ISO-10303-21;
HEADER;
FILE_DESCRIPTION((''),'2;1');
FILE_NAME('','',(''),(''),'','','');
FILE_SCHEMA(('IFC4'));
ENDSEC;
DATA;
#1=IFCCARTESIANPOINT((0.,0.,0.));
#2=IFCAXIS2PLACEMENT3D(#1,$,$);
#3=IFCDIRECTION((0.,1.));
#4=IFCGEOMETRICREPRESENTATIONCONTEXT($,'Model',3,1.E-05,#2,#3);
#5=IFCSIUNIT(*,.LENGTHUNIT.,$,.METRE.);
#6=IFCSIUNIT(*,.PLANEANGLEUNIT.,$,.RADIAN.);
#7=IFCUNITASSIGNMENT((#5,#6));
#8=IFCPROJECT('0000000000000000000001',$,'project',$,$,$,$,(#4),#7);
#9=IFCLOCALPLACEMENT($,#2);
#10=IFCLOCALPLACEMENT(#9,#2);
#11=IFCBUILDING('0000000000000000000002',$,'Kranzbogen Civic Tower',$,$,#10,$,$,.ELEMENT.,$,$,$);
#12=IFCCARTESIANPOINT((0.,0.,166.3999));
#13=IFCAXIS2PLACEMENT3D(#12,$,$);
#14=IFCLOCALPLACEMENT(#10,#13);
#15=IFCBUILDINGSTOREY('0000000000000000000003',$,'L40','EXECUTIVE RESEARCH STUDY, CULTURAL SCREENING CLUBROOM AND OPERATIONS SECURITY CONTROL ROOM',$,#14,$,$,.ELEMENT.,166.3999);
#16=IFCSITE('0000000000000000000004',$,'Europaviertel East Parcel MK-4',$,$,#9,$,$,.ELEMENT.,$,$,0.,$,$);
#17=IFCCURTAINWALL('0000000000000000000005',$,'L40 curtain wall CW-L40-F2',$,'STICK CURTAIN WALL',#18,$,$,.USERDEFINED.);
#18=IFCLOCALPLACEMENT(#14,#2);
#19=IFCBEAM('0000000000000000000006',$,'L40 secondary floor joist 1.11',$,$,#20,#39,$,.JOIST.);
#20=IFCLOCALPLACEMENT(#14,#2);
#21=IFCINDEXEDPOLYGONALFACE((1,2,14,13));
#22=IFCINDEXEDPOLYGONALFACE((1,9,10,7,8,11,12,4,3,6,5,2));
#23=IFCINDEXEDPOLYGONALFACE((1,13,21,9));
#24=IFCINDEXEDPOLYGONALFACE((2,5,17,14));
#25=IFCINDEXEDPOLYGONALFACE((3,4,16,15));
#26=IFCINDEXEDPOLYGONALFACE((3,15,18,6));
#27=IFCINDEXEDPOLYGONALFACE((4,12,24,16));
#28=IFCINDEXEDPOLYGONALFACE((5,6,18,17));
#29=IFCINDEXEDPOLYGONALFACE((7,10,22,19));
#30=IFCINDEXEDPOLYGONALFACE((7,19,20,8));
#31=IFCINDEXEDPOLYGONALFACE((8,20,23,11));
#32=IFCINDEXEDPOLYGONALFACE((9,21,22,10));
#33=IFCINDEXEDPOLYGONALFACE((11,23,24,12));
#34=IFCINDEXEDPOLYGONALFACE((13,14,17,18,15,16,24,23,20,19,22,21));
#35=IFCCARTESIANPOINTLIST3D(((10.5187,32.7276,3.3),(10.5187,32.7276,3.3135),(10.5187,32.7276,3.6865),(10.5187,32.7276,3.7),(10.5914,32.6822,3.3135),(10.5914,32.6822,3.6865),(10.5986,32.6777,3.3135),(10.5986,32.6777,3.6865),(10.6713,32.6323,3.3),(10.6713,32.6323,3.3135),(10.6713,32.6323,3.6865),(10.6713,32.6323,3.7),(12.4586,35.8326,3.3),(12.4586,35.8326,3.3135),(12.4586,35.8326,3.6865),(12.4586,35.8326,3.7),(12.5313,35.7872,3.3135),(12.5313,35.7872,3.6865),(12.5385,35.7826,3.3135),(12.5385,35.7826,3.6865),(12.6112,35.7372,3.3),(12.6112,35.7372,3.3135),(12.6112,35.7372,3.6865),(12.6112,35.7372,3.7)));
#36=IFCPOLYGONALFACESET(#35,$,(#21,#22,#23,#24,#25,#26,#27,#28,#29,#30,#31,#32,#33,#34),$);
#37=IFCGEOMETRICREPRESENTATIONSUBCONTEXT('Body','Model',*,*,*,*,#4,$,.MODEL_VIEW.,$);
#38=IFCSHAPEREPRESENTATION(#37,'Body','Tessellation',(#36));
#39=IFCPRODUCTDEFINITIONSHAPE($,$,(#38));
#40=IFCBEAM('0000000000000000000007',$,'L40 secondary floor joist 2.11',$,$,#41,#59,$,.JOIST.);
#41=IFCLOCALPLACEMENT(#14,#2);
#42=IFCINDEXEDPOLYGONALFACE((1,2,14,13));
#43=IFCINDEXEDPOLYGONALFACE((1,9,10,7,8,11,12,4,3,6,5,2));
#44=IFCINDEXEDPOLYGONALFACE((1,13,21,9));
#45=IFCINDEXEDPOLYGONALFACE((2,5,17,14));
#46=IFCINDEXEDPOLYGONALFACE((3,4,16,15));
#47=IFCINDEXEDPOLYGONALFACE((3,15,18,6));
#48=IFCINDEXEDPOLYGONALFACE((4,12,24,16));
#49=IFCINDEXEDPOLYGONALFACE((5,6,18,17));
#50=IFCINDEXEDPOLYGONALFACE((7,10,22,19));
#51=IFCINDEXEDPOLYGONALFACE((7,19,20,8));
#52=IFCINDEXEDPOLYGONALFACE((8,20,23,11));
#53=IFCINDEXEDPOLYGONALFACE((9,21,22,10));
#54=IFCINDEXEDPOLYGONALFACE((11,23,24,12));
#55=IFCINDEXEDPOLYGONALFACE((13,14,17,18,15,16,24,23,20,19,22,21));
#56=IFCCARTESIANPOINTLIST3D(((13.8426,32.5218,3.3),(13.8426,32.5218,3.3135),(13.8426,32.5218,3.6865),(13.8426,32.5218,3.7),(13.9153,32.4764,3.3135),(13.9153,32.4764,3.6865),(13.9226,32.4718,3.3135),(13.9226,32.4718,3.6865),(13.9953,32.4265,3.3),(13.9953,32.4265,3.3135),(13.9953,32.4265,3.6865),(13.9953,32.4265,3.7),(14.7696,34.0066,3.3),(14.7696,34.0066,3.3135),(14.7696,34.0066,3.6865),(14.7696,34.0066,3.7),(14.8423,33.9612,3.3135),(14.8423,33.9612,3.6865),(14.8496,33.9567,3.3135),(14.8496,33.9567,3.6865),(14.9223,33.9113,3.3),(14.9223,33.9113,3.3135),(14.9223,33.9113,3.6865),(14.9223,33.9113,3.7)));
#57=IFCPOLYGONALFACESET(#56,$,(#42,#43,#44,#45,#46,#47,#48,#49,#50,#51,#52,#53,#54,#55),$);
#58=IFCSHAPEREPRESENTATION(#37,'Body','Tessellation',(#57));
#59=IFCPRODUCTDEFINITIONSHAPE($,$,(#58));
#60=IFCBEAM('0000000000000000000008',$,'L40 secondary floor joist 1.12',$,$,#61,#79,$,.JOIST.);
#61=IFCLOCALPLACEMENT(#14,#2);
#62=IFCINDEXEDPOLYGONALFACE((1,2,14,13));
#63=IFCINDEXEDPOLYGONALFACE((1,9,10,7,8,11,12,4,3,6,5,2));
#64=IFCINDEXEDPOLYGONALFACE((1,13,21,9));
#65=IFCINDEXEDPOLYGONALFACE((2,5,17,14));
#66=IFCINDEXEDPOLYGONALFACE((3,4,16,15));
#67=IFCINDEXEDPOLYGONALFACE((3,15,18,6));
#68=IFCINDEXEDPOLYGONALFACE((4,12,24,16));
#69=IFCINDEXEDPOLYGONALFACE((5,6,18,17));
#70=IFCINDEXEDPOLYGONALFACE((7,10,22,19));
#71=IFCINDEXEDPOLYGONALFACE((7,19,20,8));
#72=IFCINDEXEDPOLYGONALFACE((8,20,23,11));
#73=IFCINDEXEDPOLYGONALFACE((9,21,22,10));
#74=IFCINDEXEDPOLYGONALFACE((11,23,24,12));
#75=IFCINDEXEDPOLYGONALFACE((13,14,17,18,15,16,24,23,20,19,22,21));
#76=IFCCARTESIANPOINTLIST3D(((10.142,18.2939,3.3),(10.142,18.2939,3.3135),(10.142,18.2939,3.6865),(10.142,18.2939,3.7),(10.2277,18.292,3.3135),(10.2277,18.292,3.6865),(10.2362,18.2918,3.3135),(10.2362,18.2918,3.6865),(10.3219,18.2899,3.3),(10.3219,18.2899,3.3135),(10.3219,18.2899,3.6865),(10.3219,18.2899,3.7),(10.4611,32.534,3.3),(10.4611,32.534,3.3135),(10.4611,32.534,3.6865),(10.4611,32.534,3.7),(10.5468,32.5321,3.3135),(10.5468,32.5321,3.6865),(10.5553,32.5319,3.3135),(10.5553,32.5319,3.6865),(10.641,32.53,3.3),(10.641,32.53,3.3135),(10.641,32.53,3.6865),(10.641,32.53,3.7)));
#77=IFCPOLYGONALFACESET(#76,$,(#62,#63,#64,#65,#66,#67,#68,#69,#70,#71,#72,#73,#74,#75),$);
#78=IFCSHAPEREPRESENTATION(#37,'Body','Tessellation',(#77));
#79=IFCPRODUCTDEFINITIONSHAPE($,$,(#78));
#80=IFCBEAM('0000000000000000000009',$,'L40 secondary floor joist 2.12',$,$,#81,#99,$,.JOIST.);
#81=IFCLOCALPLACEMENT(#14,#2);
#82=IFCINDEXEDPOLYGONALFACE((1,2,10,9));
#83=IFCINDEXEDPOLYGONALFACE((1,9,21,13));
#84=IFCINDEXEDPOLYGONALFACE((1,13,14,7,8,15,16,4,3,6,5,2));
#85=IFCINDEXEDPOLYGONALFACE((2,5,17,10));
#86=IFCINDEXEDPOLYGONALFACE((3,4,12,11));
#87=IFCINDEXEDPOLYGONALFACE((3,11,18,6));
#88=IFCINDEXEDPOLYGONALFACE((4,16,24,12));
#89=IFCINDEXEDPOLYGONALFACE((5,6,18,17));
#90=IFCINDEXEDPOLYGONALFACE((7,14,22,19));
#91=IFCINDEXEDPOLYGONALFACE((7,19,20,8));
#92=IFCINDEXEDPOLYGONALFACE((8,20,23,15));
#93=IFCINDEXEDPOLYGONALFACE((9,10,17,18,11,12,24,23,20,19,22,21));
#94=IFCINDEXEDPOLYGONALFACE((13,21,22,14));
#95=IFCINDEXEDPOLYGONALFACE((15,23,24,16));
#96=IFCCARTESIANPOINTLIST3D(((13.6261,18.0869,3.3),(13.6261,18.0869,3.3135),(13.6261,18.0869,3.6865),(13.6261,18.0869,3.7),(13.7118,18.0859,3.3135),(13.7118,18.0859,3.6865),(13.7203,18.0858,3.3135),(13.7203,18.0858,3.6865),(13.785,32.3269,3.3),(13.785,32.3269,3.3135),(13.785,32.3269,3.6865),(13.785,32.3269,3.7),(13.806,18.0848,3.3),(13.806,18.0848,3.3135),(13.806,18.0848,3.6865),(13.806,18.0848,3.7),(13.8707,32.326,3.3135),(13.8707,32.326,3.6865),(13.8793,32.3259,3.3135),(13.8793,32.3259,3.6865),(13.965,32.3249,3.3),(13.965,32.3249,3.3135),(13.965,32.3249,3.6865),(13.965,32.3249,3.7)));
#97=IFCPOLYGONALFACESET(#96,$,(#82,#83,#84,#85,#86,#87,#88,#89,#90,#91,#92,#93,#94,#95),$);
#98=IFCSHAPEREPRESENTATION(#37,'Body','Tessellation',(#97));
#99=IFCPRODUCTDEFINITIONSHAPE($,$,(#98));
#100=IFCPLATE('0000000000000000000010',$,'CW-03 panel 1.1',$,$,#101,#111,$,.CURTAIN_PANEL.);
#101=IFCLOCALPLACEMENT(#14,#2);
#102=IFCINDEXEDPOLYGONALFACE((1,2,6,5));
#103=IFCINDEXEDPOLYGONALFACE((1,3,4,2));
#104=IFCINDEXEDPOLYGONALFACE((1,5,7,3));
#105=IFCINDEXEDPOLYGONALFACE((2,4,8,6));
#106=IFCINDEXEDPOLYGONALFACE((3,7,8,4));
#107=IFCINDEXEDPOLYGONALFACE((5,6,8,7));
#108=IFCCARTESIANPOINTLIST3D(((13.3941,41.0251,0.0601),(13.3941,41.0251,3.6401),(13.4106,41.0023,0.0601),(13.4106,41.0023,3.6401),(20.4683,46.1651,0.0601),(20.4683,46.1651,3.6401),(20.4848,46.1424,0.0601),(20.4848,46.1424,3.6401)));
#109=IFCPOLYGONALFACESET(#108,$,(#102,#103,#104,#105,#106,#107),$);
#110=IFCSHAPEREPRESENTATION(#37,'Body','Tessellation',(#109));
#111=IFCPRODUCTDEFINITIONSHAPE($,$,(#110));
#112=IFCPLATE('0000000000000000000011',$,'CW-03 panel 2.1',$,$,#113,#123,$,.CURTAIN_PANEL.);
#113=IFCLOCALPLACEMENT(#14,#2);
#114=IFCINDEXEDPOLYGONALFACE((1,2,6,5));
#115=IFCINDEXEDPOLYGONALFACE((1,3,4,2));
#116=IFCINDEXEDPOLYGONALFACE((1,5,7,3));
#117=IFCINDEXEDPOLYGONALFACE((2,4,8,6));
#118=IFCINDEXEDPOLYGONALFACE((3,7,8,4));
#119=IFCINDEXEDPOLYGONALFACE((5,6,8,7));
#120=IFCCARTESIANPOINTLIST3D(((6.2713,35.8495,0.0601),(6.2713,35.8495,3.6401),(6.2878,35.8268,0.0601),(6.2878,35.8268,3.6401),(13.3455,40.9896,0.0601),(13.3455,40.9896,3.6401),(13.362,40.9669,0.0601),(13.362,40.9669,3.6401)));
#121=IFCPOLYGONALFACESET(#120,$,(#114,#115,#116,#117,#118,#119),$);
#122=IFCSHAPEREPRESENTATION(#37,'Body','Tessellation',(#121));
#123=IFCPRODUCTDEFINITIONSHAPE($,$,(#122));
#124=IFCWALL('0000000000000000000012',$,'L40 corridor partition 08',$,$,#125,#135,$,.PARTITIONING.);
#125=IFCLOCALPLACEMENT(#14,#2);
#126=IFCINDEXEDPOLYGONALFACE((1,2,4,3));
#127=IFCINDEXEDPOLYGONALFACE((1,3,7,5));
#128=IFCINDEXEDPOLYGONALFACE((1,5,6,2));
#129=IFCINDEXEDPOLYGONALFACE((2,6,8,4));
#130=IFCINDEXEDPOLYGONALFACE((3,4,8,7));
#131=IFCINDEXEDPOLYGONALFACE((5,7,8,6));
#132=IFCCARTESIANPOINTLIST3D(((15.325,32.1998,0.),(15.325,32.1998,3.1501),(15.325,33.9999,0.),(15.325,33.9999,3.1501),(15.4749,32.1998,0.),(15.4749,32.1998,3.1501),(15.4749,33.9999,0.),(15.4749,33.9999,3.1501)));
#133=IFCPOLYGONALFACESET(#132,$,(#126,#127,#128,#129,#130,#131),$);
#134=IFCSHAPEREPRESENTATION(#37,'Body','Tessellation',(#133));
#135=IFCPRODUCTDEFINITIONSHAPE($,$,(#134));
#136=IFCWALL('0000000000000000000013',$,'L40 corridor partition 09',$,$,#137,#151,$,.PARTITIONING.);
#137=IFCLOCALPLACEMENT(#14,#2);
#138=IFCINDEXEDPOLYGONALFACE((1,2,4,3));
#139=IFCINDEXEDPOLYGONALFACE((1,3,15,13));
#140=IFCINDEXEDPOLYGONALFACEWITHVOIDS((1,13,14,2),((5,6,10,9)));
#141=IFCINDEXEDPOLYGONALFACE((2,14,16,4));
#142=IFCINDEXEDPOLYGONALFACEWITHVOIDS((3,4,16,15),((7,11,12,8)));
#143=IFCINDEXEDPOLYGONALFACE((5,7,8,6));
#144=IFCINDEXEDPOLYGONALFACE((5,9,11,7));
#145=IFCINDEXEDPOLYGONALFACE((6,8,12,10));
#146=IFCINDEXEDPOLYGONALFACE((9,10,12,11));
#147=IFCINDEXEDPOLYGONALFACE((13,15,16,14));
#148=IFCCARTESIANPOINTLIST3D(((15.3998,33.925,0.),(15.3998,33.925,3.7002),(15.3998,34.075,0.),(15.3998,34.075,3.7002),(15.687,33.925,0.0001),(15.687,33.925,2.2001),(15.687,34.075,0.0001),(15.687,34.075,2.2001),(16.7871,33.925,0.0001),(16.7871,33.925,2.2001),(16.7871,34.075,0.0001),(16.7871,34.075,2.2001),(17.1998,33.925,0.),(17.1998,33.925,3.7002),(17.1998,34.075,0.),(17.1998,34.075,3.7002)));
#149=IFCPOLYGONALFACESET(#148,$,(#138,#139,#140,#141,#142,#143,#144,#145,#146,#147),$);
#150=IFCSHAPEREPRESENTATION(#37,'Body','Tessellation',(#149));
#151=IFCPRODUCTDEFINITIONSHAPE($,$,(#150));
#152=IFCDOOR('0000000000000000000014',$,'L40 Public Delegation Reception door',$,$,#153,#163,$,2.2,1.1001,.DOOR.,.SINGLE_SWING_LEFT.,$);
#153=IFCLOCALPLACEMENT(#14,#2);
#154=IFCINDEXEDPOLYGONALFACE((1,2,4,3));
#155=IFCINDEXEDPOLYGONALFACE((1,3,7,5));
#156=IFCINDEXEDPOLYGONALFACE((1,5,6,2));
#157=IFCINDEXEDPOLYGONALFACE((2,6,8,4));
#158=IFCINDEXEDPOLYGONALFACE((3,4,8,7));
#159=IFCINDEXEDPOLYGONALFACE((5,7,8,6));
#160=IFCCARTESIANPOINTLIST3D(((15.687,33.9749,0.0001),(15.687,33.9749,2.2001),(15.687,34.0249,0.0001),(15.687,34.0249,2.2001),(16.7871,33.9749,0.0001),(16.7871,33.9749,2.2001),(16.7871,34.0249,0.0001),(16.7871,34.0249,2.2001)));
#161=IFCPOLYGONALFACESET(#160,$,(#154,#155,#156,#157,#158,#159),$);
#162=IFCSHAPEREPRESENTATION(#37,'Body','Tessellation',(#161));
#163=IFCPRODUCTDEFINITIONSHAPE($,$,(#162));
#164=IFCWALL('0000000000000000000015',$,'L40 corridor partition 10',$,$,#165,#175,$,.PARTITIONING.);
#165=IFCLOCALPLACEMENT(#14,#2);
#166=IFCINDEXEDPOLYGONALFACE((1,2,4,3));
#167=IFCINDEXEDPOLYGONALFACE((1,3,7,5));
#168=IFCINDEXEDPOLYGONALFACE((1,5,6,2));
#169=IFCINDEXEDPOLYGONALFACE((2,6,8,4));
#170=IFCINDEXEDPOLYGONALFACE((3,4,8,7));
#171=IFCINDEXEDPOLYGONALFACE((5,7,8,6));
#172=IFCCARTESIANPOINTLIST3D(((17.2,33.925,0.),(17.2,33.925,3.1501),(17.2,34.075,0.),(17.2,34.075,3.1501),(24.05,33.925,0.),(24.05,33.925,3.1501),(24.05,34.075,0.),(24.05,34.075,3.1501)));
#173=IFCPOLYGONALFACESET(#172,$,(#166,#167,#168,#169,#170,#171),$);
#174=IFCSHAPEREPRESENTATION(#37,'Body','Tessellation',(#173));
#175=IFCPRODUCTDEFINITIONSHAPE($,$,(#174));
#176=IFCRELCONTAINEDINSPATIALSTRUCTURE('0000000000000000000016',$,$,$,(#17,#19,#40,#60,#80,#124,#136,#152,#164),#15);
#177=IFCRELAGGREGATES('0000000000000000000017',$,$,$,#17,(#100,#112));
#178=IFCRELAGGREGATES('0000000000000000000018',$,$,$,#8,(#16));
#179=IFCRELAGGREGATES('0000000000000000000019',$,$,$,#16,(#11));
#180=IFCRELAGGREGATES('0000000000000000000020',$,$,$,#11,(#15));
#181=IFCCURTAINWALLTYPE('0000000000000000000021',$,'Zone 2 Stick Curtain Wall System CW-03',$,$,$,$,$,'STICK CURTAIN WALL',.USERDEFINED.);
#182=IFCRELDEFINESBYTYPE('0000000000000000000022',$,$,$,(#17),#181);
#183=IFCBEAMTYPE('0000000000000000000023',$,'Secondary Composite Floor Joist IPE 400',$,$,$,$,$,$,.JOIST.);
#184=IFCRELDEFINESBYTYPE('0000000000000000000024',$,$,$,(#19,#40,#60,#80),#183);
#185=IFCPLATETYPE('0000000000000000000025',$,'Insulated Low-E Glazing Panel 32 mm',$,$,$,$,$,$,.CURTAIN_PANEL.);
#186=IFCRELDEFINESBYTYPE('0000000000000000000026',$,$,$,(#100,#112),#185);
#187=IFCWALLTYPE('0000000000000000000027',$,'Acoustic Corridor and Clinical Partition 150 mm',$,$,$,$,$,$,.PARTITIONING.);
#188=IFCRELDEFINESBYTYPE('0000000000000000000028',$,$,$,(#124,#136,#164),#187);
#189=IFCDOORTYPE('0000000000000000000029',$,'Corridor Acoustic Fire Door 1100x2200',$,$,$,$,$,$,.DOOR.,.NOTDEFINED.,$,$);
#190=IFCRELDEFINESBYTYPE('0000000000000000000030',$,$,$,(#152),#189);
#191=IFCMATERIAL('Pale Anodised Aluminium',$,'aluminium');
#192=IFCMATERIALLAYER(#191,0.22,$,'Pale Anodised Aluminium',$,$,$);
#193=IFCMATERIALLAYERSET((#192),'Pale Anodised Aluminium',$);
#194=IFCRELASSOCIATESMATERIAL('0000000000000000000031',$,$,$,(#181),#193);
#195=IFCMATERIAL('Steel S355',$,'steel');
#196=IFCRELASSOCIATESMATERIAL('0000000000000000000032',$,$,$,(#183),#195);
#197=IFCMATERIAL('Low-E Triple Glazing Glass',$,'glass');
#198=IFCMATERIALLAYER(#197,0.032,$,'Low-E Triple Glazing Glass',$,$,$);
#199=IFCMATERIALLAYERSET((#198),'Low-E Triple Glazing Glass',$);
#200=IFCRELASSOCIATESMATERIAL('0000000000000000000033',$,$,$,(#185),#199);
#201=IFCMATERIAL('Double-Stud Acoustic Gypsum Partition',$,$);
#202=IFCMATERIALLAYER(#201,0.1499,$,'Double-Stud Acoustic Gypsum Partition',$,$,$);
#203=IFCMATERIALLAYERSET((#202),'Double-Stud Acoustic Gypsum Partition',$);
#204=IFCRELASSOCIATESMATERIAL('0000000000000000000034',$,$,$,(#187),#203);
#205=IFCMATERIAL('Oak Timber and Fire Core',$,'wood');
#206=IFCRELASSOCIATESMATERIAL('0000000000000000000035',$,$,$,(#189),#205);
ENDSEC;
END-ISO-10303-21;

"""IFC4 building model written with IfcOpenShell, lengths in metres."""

from ifc_helpers import new_model, si_unit, direction, frame, frame_2d, origin, origin_2d, place, context, subcontext, project, spatial, rectangle, i_section, extrude, material, layer, layer_set, material_profile, profile_set, type_object, element, fill, aggregate, save


model = new_model("IFC4")

# Units and contexts
model_context = context("Model", 3, precision=1e-05, world=origin(), true_north=direction((0.0, 1.0)))
body_context = subcontext(model_context, "Body", "Model", "MODEL_VIEW")
ifc_project = project(units=[si_unit("LENGTHUNIT", "METRE"), si_unit("PLANEANGLEUNIT", "RADIAN")], contexts=[model_context])

# Site, building, storey
site_placement = place(None, origin())
site = spatial("IfcSite", under=ifc_project, at=site_placement, Name="Europaviertel East Parcel MK-4", CompositionType="ELEMENT", RefElevation=0.0)
building_placement = place(site_placement, origin())
building = spatial("IfcBuilding", under=site, at=building_placement, Name="Kranzbogen Civic Tower", CompositionType="ELEMENT")
storey_placement = place(building_placement, frame((0.0, 0.0, 166.3999)))
storey = spatial("IfcBuildingStorey", under=building, at=storey_placement, Name="L40", Description="EXECUTIVE RESEARCH STUDY, CULTURAL SCREENING CLUBROOM AND OPERATIONS SECURITY CONTROL ROOM", CompositionType="ELEMENT", Elevation=166.3999)

# Shared definitions
ifc_material_1 = material(Name="Steel S355", Category="steel")

# Curtain wall
ifc_material_2 = material(Name="Pale Anodised Aluminium", Category="aluminium")
ifc_layer_1 = layer(ifc_material_2, 0.22, Name="Pale Anodised Aluminium")
ifc_layer_set_1 = layer_set([ifc_layer_1], Name="Pale Anodised Aluminium")
curtain_wall_type = type_object("IfcCurtainWallType", Name="Zone 2 Stick Curtain Wall System CW-03", ElementType="STICK CURTAIN WALL", PredefinedType="USERDEFINED", material=ifc_layer_set_1)
curtain_wall_placement = place(storey_placement, origin())
curtain_wall = element("IfcCurtainWall", 1, at=curtain_wall_placement, inside=storey, type_object=curtain_wall_type, Name="L40 curtain wall CW-L40-F2", ObjectType="STICK CURTAIN WALL", PredefinedType="USERDEFINED")

# Beams
ifc_material_profile_1 = material_profile(ifc_material_1, i_section(OverallWidth=0.1799, OverallDepth=0.3999, WebThickness=0.0085, FlangeThickness=0.0134, at=origin_2d()), Name="IPE 400")
ifc_profile_set_1 = profile_set([ifc_material_profile_1], Name="Steel S355")
beam_type_1 = type_object("IfcBeamType", Name="Secondary Composite Floor Joist IPE 400", PredefinedType="JOIST", material=ifc_profile_set_1)
beam_1_placement = place(storey_placement, frame((12.5349, 35.7849, 3.5), z_axis=(-0.529867, -0.848081, 0.0), x_axis=(0.848081, -0.529867, 0.0)))
element("IfcBeam", 2, at=beam_1_placement, inside=storey, type_object=beam_type_1, Name="L40 secondary floor joist 1.11", PredefinedType="JOIST", context=body_context, shape_type="SweptSolid", body=[
    extrude(i_section(OverallWidth=0.1799, OverallDepth=0.3999, WebThickness=0.0085, FlangeThickness=0.0134, at=origin_2d()), origin(), (0.0, 0.0, 1.0), 3.6611),
])
beam_2_placement = place(storey_placement, frame((14.8459, 33.959, 3.5), z_axis=(-0.529573, -0.848265, 0.0), x_axis=(0.848265, -0.529573, 0.0)))
element("IfcBeam", 3, at=beam_2_placement, inside=storey, type_object=beam_type_1, Name="L40 secondary floor joist 2.11", PredefinedType="JOIST", context=body_context, shape_type="SweptSolid", body=[
    extrude(i_section(OverallWidth=0.1799, OverallDepth=0.3999, WebThickness=0.0085, FlangeThickness=0.0134, at=origin_2d()), origin(), (0.0, 0.0, 1.0), 1.7505),
])
beam_3_placement = place(storey_placement, frame((10.551, 32.532, 3.5), z_axis=(-0.022403, -0.999749, 0.0), x_axis=(0.999749, -0.022403, 0.0)))
element("IfcBeam", 4, at=beam_3_placement, inside=storey, type_object=beam_type_1, Name="L40 secondary floor joist 1.12", PredefinedType="JOIST", context=body_context, shape_type="SweptSolid", body=[
    extrude(i_section(OverallWidth=0.1799, OverallDepth=0.3999, WebThickness=0.0085, FlangeThickness=0.0134, at=origin_2d()), origin(), (0.0, 0.0, 1.0), 14.2437),
])
beam_4_placement = place(storey_placement, frame((13.875, 32.3259, 3.5), z_axis=(-0.011161, -0.999938, 0.0), x_axis=(0.999938, -0.011161, 0.0)))
element("IfcBeam", 5, at=beam_4_placement, inside=storey, type_object=beam_type_1, Name="L40 secondary floor joist 2.12", PredefinedType="JOIST", context=body_context, shape_type="SweptSolid", body=[
    extrude(i_section(OverallWidth=0.1799, OverallDepth=0.3999, WebThickness=0.0085, FlangeThickness=0.0134, at=origin_2d()), origin(), (0.0, 0.0, 1.0), 14.241),
])

# Plates
ifc_material_3 = material(Name="Low-E Triple Glazing Glass", Category="glass")
ifc_layer_2 = layer(ifc_material_3, 0.032, Name="Low-E Triple Glazing Glass")
ifc_layer_set_2 = layer_set([ifc_layer_2], Name="Low-E Triple Glazing Glass")
plate_type = type_object("IfcPlateType", Name="Insulated Low-E Glazing Panel 32 mm", PredefinedType="CURTAIN_PANEL", material=ifc_layer_set_2)
plate_1_placement = place(storey_placement, frame((16.9395, 43.5837, 0.0601), z_axis=(0.0, 0.0, 1.0), x_axis=(-0.808995, -0.587815, 0.0)))
plate_1 = element("IfcPlate", 6, at=plate_1_placement, type_object=plate_type, Name="CW-03 panel 1.1", PredefinedType="CURTAIN_PANEL", context=body_context, shape_type="SweptSolid", body=[
    extrude(rectangle(XDim=8.7444, YDim=0.0281, at=origin_2d()), origin(), (0.0, 0.0, 1.0), 3.5801),
])
plate_2_placement = place(storey_placement, frame((9.8167, 38.4082, 0.0601), z_axis=(0.0, 0.0, 1.0), x_axis=(-0.808995, -0.587815, 0.0)))
plate_2 = element("IfcPlate", 7, at=plate_2_placement, type_object=plate_type, Name="CW-03 panel 2.1", PredefinedType="CURTAIN_PANEL", context=body_context, shape_type="SweptSolid", body=[
    extrude(rectangle(XDim=8.7444, YDim=0.0281, at=origin_2d()), origin(), (0.0, 0.0, 1.0), 3.5801),
])
aggregate(curtain_wall, [plate_1, plate_2])

# Wall
ifc_material_4 = material(Name="Double-Stud Acoustic Gypsum Partition")
ifc_layer_3 = layer(ifc_material_4, 0.1499, Name="Double-Stud Acoustic Gypsum Partition")
ifc_layer_set_3 = layer_set([ifc_layer_3], Name="Double-Stud Acoustic Gypsum Partition")
wall_type_1 = type_object("IfcWallType", Name="Acoustic Corridor and Clinical Partition 150 mm", PredefinedType="PARTITIONING", material=ifc_layer_set_3)
wall_1_placement = place(storey_placement, frame((15.3999, 32.2, 0.0), z_axis=(0.0, 0.0, 1.0), x_axis=(0.0, 1.0, 0.0)))
element("IfcWall", 8, at=wall_1_placement, inside=storey, type_object=wall_type_1, Name="L40 corridor partition 08", PredefinedType="PARTITIONING", context=body_context, shape_type="SweptSolid", body=[
    extrude(rectangle(XDim=1.8, YDim=0.1499, at=frame_2d((0.8999, 0.0))), origin(), (0.0, 0.0, 1.0), 3.1501),
])

# Wall, opening, door
wall_2_placement = place(storey_placement, frame((15.3999, 34.0, 0.0), z_axis=(0.0, 0.0, 1.0), x_axis=(1.0, 0.0, 0.0)))
wall_2 = element("IfcWall", 9, at=wall_2_placement, inside=storey, type_object=wall_type_1, Name="L40 corridor partition 09", PredefinedType="PARTITIONING", context=body_context, shape_type="SweptSolid", body=[
    extrude(rectangle(XDim=1.8, YDim=0.1499, at=frame_2d((0.8999, 0.0))), origin(), (0.0, 0.0, 1.0), 3.7002),
])
opening_1_placement = place(wall_2_placement, frame((0.2871, 0.0, 0.0)))
opening_1 = element("IfcOpeningElement", 10, at=opening_1_placement, cuts=wall_2, PredefinedType="OPENING", context=body_context, shape_type="SweptSolid", body=[
    extrude(rectangle(XDim=1.1001, YDim=2.2, at=frame_2d((0.55, 1.1001))), frame((0.0, 0.085, 0.0), z_axis=(0.0, -1.0, 0.0), x_axis=(1.0, 0.0, 0.0)), (0.0, 0.0, 1.0), 0.1699),
])
ifc_material_5 = material(Name="Oak Timber and Fire Core", Category="wood")
door_type = type_object("IfcDoorType", Name="Corridor Acoustic Fire Door 1100x2200", OperationType="NOTDEFINED", PredefinedType="DOOR", material=ifc_material_5)
door_1_placement = place(opening_1_placement, origin())
door_1 = element("IfcDoor", 11, at=door_1_placement, inside=storey, type_object=door_type, Name="L40 Public Delegation Reception door", OperationType="SINGLE_SWING_LEFT", OverallHeight=2.2, OverallWidth=1.1001, PredefinedType="DOOR", context=body_context, shape_type="SweptSolid", body=[
    extrude(rectangle(XDim=1.1001, YDim=2.2, at=frame_2d((0.55, 1.1001))), frame((0.0, 0.0249, 0.0), z_axis=(0.0, -1.0, 0.0), x_axis=(1.0, 0.0, 0.0)), (0.0, 0.0, 1.0), 0.05),
])
fill(opening_1, door_1)

# Wall
wall_3_placement = place(storey_placement, frame((17.2, 34.0, 0.0), z_axis=(0.0, 0.0, 1.0), x_axis=(1.0, 0.0, 0.0)))
element("IfcWall", 12, at=wall_3_placement, inside=storey, type_object=wall_type_1, Name="L40 corridor partition 10", PredefinedType="PARTITIONING", context=body_context, shape_type="SweptSolid", body=[
    extrude(rectangle(XDim=6.8501, YDim=0.1499, at=frame_2d((3.425, 0.0))), origin(), (0.0, 0.0, 1.0), 3.1501),
])

save(model, "model.ifc")
